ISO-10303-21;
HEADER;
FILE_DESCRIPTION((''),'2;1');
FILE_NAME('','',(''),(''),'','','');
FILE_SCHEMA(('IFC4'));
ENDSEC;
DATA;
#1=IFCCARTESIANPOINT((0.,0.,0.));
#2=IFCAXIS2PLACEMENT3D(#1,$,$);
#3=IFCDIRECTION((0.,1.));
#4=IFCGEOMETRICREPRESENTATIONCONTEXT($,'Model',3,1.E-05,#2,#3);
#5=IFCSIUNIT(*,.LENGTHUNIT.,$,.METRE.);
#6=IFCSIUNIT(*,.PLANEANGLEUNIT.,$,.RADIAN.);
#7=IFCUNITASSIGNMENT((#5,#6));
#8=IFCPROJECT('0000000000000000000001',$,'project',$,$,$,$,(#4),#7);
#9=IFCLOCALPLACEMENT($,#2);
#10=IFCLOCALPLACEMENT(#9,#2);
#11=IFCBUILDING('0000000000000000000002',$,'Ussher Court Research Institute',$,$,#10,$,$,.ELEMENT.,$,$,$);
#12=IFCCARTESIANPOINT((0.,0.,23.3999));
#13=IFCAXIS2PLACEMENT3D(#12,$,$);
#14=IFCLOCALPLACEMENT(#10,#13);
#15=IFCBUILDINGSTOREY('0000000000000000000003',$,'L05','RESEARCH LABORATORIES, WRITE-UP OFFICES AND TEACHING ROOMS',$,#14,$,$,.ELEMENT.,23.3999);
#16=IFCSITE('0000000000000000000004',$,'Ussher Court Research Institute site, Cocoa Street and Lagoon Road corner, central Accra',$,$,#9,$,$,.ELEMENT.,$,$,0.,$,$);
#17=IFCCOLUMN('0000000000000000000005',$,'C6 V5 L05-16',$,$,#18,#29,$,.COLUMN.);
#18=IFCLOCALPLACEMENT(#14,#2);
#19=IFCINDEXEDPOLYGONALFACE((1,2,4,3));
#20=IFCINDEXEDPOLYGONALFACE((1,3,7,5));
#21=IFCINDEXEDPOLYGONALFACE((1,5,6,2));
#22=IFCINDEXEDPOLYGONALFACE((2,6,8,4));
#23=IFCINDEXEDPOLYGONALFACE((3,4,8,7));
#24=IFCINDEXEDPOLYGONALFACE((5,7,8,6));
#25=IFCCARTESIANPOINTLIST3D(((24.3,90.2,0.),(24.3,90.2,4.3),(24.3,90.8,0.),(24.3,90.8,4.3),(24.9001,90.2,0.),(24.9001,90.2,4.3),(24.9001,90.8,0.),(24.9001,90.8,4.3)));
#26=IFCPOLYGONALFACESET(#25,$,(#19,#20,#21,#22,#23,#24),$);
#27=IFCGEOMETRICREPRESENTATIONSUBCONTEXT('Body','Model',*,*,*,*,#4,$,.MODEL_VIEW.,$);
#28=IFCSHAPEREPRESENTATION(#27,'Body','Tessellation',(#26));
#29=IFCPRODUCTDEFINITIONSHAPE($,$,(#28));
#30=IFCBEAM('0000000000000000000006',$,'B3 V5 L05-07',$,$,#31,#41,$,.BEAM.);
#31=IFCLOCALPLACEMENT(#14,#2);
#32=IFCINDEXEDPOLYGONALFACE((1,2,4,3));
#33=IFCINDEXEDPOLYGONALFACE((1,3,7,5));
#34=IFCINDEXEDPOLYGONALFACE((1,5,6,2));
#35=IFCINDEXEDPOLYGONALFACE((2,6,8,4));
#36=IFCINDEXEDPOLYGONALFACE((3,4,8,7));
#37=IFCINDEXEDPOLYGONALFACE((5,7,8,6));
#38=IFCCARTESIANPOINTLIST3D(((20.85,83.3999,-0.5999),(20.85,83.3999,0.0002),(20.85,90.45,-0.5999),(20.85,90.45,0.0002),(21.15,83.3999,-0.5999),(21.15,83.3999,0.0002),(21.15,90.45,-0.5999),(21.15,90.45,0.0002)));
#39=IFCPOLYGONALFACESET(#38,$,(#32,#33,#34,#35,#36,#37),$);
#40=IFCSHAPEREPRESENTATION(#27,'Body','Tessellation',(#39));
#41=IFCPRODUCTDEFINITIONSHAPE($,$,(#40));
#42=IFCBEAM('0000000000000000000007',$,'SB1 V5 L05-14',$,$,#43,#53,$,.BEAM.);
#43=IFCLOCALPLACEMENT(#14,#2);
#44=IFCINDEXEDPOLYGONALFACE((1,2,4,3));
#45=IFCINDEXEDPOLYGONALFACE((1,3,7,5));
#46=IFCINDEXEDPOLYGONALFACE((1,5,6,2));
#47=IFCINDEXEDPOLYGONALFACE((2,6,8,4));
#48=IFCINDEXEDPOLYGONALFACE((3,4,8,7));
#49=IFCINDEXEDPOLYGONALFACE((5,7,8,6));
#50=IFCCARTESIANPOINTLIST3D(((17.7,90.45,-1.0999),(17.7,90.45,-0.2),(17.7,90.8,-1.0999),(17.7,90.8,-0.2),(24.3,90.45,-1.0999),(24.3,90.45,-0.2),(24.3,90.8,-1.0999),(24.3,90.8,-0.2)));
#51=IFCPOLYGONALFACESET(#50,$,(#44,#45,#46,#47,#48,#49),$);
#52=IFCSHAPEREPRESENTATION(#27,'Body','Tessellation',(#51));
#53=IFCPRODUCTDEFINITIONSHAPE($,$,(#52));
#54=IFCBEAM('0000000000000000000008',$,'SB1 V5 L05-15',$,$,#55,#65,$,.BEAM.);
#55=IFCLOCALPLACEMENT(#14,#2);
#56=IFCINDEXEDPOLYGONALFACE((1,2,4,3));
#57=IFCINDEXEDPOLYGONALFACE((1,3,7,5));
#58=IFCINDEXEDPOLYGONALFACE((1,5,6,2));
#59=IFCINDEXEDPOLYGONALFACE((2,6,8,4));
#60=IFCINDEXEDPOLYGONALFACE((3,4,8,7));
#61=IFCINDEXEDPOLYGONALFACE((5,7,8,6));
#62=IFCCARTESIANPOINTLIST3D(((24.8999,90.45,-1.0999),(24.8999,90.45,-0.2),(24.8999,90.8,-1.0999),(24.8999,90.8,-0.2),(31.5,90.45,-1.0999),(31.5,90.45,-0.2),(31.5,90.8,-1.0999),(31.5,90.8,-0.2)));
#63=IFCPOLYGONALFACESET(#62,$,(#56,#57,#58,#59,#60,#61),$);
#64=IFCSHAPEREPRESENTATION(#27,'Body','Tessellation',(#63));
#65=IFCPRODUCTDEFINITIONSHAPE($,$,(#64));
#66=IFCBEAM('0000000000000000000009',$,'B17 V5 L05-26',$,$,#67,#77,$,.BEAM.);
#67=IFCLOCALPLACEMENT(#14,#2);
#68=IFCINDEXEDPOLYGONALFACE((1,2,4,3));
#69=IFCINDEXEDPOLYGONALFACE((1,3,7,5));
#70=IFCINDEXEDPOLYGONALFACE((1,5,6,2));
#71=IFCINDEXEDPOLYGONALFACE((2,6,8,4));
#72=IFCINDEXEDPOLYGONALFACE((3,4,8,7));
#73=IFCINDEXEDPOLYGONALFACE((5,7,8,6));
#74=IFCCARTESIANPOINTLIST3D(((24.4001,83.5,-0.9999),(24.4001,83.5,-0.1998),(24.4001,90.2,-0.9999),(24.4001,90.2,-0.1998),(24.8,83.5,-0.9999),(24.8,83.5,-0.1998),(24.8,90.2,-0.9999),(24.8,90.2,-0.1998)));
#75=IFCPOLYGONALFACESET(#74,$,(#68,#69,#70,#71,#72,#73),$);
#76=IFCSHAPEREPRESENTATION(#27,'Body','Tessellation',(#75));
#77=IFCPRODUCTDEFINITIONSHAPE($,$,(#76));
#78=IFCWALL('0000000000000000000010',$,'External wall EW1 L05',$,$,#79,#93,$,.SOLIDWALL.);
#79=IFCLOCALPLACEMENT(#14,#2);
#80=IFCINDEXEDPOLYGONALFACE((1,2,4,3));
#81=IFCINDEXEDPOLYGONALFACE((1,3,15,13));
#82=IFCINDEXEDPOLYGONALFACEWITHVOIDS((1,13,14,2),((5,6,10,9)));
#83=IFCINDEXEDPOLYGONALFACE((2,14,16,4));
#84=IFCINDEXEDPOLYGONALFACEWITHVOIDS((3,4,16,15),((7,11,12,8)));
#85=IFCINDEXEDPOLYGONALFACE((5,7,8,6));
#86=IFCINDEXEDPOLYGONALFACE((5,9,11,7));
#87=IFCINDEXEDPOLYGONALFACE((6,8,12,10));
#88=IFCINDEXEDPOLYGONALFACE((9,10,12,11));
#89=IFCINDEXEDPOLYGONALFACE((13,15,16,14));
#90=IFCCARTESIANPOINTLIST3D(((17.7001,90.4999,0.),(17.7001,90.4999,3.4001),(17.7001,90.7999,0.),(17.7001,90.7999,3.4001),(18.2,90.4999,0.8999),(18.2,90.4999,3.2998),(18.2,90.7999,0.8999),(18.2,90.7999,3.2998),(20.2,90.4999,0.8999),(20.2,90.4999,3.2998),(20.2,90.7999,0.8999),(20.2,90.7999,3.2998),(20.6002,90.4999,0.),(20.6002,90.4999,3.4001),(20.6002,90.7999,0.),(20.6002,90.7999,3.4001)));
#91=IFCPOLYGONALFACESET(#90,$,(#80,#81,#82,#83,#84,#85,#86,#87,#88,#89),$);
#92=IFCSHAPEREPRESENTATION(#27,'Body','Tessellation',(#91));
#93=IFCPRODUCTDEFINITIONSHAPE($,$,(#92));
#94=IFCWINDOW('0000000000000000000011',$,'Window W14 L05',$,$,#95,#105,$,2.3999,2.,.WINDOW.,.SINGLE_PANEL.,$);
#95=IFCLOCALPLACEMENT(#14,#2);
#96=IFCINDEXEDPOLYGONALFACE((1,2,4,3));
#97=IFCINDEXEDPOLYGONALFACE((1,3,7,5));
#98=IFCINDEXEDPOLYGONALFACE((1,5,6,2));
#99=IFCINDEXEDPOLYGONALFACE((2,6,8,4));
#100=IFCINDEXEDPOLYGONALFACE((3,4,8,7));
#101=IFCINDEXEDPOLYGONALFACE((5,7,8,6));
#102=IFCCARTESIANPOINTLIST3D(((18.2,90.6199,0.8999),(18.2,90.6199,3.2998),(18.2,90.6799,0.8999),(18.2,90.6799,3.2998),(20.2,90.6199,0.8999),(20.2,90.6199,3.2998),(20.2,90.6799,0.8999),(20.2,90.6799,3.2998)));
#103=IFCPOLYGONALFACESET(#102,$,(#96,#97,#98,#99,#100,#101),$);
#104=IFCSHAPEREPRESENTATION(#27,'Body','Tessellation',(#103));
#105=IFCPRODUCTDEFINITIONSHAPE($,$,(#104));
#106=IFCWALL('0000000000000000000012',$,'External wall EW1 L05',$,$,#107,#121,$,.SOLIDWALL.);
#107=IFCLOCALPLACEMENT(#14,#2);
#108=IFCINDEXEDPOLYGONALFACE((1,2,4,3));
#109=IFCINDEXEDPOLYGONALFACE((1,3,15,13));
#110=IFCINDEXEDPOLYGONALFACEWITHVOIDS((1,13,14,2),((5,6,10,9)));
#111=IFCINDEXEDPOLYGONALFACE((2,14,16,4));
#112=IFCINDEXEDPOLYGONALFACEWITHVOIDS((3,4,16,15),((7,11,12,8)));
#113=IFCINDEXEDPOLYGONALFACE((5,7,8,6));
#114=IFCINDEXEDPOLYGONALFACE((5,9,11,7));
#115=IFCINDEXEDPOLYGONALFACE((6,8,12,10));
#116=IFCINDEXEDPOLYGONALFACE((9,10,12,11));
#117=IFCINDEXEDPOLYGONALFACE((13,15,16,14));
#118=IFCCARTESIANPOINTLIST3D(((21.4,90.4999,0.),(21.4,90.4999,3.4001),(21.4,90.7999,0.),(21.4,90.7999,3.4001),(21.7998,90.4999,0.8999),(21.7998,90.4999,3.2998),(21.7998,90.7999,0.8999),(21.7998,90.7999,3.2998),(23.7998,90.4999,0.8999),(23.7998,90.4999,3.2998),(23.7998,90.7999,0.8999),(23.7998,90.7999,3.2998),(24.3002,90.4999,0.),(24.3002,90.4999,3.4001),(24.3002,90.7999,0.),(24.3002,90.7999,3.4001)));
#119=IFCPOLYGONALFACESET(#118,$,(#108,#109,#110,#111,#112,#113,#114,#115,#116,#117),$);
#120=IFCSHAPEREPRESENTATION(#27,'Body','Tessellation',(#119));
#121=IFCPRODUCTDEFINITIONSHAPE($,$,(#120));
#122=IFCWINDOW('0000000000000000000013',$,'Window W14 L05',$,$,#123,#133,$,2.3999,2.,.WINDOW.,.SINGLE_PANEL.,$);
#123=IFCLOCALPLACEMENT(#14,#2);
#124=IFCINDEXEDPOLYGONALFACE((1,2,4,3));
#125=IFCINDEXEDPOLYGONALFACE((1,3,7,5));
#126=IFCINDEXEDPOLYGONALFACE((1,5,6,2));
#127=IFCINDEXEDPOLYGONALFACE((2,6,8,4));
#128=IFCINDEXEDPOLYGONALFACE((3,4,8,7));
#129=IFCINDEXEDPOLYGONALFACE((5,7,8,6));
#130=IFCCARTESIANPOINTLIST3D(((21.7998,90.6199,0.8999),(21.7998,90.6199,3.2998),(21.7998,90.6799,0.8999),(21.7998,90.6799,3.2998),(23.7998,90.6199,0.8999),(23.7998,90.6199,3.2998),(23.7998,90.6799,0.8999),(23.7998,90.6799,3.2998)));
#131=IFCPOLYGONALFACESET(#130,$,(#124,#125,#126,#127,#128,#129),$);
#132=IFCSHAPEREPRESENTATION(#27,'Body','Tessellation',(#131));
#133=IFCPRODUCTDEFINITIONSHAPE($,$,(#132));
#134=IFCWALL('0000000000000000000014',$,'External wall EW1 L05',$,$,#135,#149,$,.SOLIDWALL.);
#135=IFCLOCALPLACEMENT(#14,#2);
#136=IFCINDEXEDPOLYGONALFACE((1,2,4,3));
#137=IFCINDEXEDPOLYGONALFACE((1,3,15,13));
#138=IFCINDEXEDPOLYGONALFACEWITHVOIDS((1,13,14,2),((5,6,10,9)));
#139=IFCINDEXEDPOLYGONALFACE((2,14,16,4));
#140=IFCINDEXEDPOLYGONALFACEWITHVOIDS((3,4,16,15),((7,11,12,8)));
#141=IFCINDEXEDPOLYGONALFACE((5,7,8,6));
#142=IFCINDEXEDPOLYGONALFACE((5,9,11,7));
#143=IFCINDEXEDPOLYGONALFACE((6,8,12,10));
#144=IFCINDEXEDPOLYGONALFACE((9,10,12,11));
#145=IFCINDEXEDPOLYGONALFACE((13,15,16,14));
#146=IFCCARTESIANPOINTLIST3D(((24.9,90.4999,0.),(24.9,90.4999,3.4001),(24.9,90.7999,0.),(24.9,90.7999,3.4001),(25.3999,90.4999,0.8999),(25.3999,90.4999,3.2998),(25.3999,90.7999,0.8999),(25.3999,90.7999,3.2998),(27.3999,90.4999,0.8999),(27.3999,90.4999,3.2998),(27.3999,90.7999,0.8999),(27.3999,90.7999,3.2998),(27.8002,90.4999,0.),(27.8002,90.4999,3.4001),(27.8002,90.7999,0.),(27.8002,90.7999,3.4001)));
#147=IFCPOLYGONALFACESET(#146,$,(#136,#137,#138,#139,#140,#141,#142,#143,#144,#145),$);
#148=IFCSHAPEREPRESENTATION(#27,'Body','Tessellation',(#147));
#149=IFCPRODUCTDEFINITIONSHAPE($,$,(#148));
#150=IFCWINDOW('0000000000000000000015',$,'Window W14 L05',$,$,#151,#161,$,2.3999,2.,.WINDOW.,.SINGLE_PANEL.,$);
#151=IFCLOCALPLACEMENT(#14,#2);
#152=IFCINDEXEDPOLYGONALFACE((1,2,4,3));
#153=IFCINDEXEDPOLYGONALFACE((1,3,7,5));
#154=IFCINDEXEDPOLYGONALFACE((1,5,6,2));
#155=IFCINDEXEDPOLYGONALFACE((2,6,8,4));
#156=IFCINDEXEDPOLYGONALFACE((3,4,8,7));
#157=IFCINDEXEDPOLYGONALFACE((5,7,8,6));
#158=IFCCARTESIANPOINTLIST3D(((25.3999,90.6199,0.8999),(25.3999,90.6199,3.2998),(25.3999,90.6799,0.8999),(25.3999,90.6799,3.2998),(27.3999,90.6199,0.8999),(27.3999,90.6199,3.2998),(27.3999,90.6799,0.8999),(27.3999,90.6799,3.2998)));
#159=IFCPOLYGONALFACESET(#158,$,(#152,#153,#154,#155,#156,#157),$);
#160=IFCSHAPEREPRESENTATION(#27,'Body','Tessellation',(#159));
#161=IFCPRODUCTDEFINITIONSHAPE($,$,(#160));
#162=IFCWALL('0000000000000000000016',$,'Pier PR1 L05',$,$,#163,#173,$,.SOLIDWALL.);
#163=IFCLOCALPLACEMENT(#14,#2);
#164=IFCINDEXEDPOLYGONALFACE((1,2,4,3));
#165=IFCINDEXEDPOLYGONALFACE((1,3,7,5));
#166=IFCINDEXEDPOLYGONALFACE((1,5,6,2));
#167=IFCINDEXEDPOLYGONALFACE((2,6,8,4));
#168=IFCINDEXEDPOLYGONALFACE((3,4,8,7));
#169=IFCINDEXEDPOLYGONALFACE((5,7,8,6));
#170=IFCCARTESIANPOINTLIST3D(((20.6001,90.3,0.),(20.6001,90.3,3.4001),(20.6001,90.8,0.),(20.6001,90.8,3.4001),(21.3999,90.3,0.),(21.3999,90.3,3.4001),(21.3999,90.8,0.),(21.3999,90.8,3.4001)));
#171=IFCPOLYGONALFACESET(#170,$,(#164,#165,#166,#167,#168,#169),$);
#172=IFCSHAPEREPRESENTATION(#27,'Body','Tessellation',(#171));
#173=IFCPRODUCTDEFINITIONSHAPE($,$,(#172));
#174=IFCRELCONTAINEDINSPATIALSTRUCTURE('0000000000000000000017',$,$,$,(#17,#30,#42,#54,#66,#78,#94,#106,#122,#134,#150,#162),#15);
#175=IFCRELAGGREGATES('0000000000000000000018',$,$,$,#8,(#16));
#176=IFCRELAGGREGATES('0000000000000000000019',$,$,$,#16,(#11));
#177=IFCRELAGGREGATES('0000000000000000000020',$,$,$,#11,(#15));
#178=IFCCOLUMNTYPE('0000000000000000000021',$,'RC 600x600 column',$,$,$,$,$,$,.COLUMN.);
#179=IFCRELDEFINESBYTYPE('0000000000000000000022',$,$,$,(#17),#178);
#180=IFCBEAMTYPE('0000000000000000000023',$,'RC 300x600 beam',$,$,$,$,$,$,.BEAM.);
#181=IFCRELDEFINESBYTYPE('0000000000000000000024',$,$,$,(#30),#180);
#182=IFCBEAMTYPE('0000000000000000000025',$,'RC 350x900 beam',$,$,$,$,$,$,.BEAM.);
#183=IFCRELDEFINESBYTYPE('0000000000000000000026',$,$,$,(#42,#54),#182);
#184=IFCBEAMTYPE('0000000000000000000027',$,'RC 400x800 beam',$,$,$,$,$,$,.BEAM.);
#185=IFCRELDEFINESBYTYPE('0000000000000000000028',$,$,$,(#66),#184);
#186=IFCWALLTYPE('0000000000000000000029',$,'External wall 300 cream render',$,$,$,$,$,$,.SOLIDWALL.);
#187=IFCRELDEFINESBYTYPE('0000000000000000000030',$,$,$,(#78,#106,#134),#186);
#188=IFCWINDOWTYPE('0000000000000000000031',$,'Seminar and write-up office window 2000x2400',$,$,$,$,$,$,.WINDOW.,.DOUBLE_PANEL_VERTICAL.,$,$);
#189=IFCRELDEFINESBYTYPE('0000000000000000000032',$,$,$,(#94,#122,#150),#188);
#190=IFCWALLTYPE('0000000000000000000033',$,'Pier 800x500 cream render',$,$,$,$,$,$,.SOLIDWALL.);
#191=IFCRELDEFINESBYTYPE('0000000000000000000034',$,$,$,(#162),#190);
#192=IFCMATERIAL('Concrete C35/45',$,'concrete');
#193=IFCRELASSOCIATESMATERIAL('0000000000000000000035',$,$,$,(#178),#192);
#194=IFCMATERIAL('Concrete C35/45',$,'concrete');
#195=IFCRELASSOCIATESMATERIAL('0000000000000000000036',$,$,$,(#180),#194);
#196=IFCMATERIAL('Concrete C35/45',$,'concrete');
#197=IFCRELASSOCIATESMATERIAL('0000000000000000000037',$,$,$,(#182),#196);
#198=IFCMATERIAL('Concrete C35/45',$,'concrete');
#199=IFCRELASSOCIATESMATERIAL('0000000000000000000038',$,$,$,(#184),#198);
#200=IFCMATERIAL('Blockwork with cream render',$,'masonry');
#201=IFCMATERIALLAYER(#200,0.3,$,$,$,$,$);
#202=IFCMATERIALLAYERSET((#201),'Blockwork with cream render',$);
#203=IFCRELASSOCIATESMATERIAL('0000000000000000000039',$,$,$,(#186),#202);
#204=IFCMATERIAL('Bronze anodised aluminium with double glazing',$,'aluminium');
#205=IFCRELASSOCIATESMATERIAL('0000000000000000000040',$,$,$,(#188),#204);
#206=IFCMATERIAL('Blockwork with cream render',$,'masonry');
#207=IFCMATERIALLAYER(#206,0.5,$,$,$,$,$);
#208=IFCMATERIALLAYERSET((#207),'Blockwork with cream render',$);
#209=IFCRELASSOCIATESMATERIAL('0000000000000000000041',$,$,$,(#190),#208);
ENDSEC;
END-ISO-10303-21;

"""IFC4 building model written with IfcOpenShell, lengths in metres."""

from ifc_helpers import new_model, si_unit, direction, frame, frame_2d, origin, origin_2d, place, context, subcontext, project, spatial, rectangle, extrude, material, layer, layer_set, material_profile, profile_set, type_object, element, fill, save


model = new_model("IFC4")

# Units and contexts
model_context = context("Model", 3, precision=1e-05, world=origin(), true_north=direction((0.0, 1.0)))
body_context = subcontext(model_context, "Body", "Model", "MODEL_VIEW")
ifc_project = project(units=[si_unit("LENGTHUNIT", "METRE"), si_unit("PLANEANGLEUNIT", "RADIAN")], contexts=[model_context])

# Site, building, storey
site_placement = place(None, origin())
site = spatial("IfcSite", under=ifc_project, at=site_placement, Name="Ussher Court Research Institute site, Cocoa Street and Lagoon Road corner, central Accra", CompositionType="ELEMENT", RefElevation=0.0)
building_placement = place(site_placement, origin())
building = spatial("IfcBuilding", under=site, at=building_placement, Name="Ussher Court Research Institute", CompositionType="ELEMENT")
storey_placement = place(building_placement, frame((0.0, 0.0, 23.3999)))
storey = spatial("IfcBuildingStorey", under=building, at=storey_placement, Name="L05", Description="RESEARCH LABORATORIES, WRITE-UP OFFICES AND TEACHING ROOMS", CompositionType="ELEMENT", Elevation=23.3999)

# Column
ifc_material_1 = material(Name="Concrete C35/45", Category="concrete")
ifc_material_profile_1 = material_profile(ifc_material_1, rectangle(XDim=0.6001, YDim=0.6001, at=origin_2d()), Name="RC 600x600")
ifc_profile_set_1 = profile_set([ifc_material_profile_1], Name="Concrete C35/45")
column_type = type_object("IfcColumnType", Name="RC 600x600 column", PredefinedType="COLUMN", material=ifc_profile_set_1)
column_placement = place(storey_placement, frame((24.6001, 90.5, 0.0), z_axis=(0.0, 0.0, 1.0), x_axis=(1.0, 0.0, 0.0)))
element("IfcColumn", 1, at=column_placement, inside=storey, type_object=column_type, Name="C6 V5 L05-16", PredefinedType="COLUMN", context=body_context, shape_type="SweptSolid", body=[
    extrude(rectangle(XDim=0.6001, YDim=0.6001, at=origin_2d()), origin(), (0.0, 0.0, 1.0), 4.3),
])

# Beams
ifc_material_2 = material(Name="Concrete C35/45", Category="concrete")
ifc_material_profile_2 = material_profile(ifc_material_2, rectangle(XDim=0.3, YDim=0.6001, at=origin_2d()), Name="RC 300x600")
ifc_profile_set_2 = profile_set([ifc_material_profile_2], Name="Concrete C35/45")
beam_type_1 = type_object("IfcBeamType", Name="RC 300x600 beam", PredefinedType="BEAM", material=ifc_profile_set_2)
beam_1_placement = place(storey_placement, frame((21.0, 83.3999, -0.2998), z_axis=(0.0, 1.0, 0.0), x_axis=(-1.0, 0.0, 0.0)))
element("IfcBeam", 2, at=beam_1_placement, inside=storey, type_object=beam_type_1, Name="B3 V5 L05-07", PredefinedType="BEAM", context=body_context, shape_type="SweptSolid", body=[
    extrude(rectangle(XDim=0.3, YDim=0.6001, at=origin_2d()), origin(), (0.0, 0.0, 1.0), 7.05),
])
ifc_material_3 = material(Name="Concrete C35/45", Category="concrete")
ifc_material_profile_3 = material_profile(ifc_material_3, rectangle(XDim=0.3501, YDim=0.8999, at=origin_2d()), Name="RC 350x900")
ifc_profile_set_3 = profile_set([ifc_material_profile_3], Name="Concrete C35/45")
beam_type_2 = type_object("IfcBeamType", Name="RC 350x900 beam", PredefinedType="BEAM", material=ifc_profile_set_3)
for number, where, z_axis, x_axis, name in (
    (3, (17.7, 90.625, -0.6499), (1.0, 0.0, 0.0), (0.0, 1.0, 0.0), "SB1 V5 L05-14"),
    (4, (24.8999, 90.625, -0.6499), (1.0, 0.0, 0.0), (0.0, 1.0, 0.0), "SB1 V5 L05-15"),
):
    element("IfcBeam", number, at=place(storey_placement, frame(where, z_axis=z_axis, x_axis=x_axis)), inside=storey, type_object=beam_type_2, Name=name, PredefinedType="BEAM", context=body_context, shape_type="SweptSolid", body=[
        extrude(rectangle(XDim=0.3501, YDim=0.8999, at=origin_2d()), origin(), (0.0, 0.0, 1.0), 6.6001),
    ])
ifc_material_4 = material(Name="Concrete C35/45", Category="concrete")
ifc_material_profile_4 = material_profile(ifc_material_4, rectangle(XDim=0.3999, YDim=0.8, at=origin_2d()), Name="RC 400x800")
ifc_profile_set_4 = profile_set([ifc_material_profile_4], Name="Concrete C35/45")
beam_type_3 = type_object("IfcBeamType", Name="RC 400x800 beam", PredefinedType="BEAM", material=ifc_profile_set_4)
beam_2_placement = place(storey_placement, frame((24.6001, 83.5, -0.5999), z_axis=(0.0, 1.0, 0.0), x_axis=(-1.0, 0.0, 0.0)))
element("IfcBeam", 5, at=beam_2_placement, inside=storey, type_object=beam_type_3, Name="B17 V5 L05-26", PredefinedType="BEAM", context=body_context, shape_type="SweptSolid", body=[
    extrude(rectangle(XDim=0.3999, YDim=0.8, at=origin_2d()), origin(), (0.0, 0.0, 1.0), 6.7),
])

# Walls, openings, windows
ifc_material_5 = material(Name="Blockwork with cream render", Category="masonry")
ifc_layer_1 = layer(ifc_material_5, 0.3)
ifc_layer_set_1 = layer_set([ifc_layer_1], Name="Blockwork with cream render")
wall_type_1 = type_object("IfcWallType", Name="External wall 300 cream render", PredefinedType="SOLIDWALL", material=ifc_layer_set_1)
wall_1_placement = place(storey_placement, frame((17.7, 90.6499, 0.0), z_axis=(0.0, 0.0, 1.0), x_axis=(1.0, 0.0, 0.0)))
wall_1 = element("IfcWall", 6, at=wall_1_placement, inside=storey, type_object=wall_type_1, Name="External wall EW1 L05", PredefinedType="SOLIDWALL", context=body_context, shape_type="SweptSolid", body=[
    extrude(rectangle(XDim=2.9001, YDim=0.3, at=frame_2d((1.4502, 0.0))), origin(), (0.0, 0.0, 1.0), 3.4001),
])
opening_1_placement = place(wall_1_placement, frame((0.5, 0.0, 0.8999)))
opening_1 = element("IfcOpeningElement", 7, at=opening_1_placement, cuts=wall_1, PredefinedType="OPENING", context=body_context, shape_type="SweptSolid", body=[
    extrude(rectangle(XDim=2.0, YDim=2.3999, at=frame_2d((1.0, 1.2))), frame((0.0, 0.1602, 0.0), z_axis=(0.0, -1.0, 0.0), x_axis=(1.0, 0.0, 0.0)), (0.0, 0.0, 1.0), 0.3201),
])
ifc_material_6 = material(Name="Bronze anodised aluminium with double glazing", Category="aluminium")
window_type = type_object("IfcWindowType", Name="Seminar and write-up office window 2000x2400", PartitioningType="DOUBLE_PANEL_VERTICAL", PredefinedType="WINDOW", material=ifc_material_6)
window_1_placement = place(opening_1_placement, origin())
window_1 = element("IfcWindow", 8, at=window_1_placement, inside=storey, type_object=window_type, Name="Window W14 L05", OverallHeight=2.3999, OverallWidth=2.0, PartitioningType="SINGLE_PANEL", PredefinedType="WINDOW", context=body_context, shape_type="SweptSolid", body=[
    extrude(rectangle(XDim=2.0, YDim=2.3999, at=frame_2d((1.0, 1.2))), frame((0.0, 0.03, 0.0), z_axis=(0.0, -1.0, 0.0), x_axis=(1.0, 0.0, 0.0)), (0.0, 0.0, 1.0), 0.0601),
])
fill(opening_1, window_1)
wall_2_placement = place(storey_placement, frame((21.3999, 90.6499, 0.0), z_axis=(0.0, 0.0, 1.0), x_axis=(1.0, 0.0, 0.0)))
wall_2 = element("IfcWall", 9, at=wall_2_placement, inside=storey, type_object=wall_type_1, Name="External wall EW1 L05", PredefinedType="SOLIDWALL", context=body_context, shape_type="SweptSolid", body=[
    extrude(rectangle(XDim=2.9001, YDim=0.3, at=frame_2d((1.4502, 0.0))), origin(), (0.0, 0.0, 1.0), 3.4001),
])
opening_2_placement = place(wall_2_placement, frame((0.3999, 0.0, 0.8999)))
opening_2 = element("IfcOpeningElement", 10, at=opening_2_placement, cuts=wall_2, PredefinedType="OPENING", context=body_context, shape_type="SweptSolid", body=[
    extrude(rectangle(XDim=2.0, YDim=2.3999, at=frame_2d((1.0, 1.2))), frame((0.0, 0.1602, 0.0), z_axis=(0.0, -1.0, 0.0), x_axis=(1.0, 0.0, 0.0)), (0.0, 0.0, 1.0), 0.3201),
])
window_2_placement = place(opening_2_placement, origin())
window_2 = element("IfcWindow", 11, at=window_2_placement, inside=storey, type_object=window_type, Name="Window W14 L05", OverallHeight=2.3999, OverallWidth=2.0, PartitioningType="SINGLE_PANEL", PredefinedType="WINDOW", context=body_context, shape_type="SweptSolid", body=[
    extrude(rectangle(XDim=2.0, YDim=2.3999, at=frame_2d((1.0, 1.2))), frame((0.0, 0.03, 0.0), z_axis=(0.0, -1.0, 0.0), x_axis=(1.0, 0.0, 0.0)), (0.0, 0.0, 1.0), 0.0601),
])
fill(opening_2, window_2)
wall_3_placement = place(storey_placement, frame((24.8999, 90.6499, 0.0), z_axis=(0.0, 0.0, 1.0), x_axis=(1.0, 0.0, 0.0)))
wall_3 = element("IfcWall", 12, at=wall_3_placement, inside=storey, type_object=wall_type_1, Name="External wall EW1 L05", PredefinedType="SOLIDWALL", context=body_context, shape_type="SweptSolid", body=[
    extrude(rectangle(XDim=2.9001, YDim=0.3, at=frame_2d((1.4502, 0.0))), origin(), (0.0, 0.0, 1.0), 3.4001),
])
opening_3_placement = place(wall_3_placement, frame((0.5, 0.0, 0.8999)))
opening_3 = element("IfcOpeningElement", 13, at=opening_3_placement, cuts=wall_3, PredefinedType="OPENING", context=body_context, shape_type="SweptSolid", body=[
    extrude(rectangle(XDim=2.0, YDim=2.3999, at=frame_2d((1.0, 1.2))), frame((0.0, 0.1602, 0.0), z_axis=(0.0, -1.0, 0.0), x_axis=(1.0, 0.0, 0.0)), (0.0, 0.0, 1.0), 0.3201),
])
window_3_placement = place(opening_3_placement, origin())
window_3 = element("IfcWindow", 14, at=window_3_placement, inside=storey, type_object=window_type, Name="Window W14 L05", OverallHeight=2.3999, OverallWidth=2.0, PartitioningType="SINGLE_PANEL", PredefinedType="WINDOW", context=body_context, shape_type="SweptSolid", body=[
    extrude(rectangle(XDim=2.0, YDim=2.3999, at=frame_2d((1.0, 1.2))), frame((0.0, 0.03, 0.0), z_axis=(0.0, -1.0, 0.0), x_axis=(1.0, 0.0, 0.0)), (0.0, 0.0, 1.0), 0.0601),
])
fill(opening_3, window_3)

# Wall
ifc_material_7 = material(Name="Blockwork with cream render", Category="masonry")
ifc_layer_2 = layer(ifc_material_7, 0.5)
ifc_layer_set_2 = layer_set([ifc_layer_2], Name="Blockwork with cream render")
wall_type_2 = type_object("IfcWallType", Name="Pier 800x500 cream render", PredefinedType="SOLIDWALL", material=ifc_layer_set_2)
wall_4_placement = place(storey_placement, frame((20.6001, 90.55, 0.0), z_axis=(0.0, 0.0, 1.0), x_axis=(1.0, 0.0, 0.0)))
element("IfcWall", 15, at=wall_4_placement, inside=storey, type_object=wall_type_2, Name="Pier PR1 L05", PredefinedType="SOLIDWALL", context=body_context, shape_type="SweptSolid", body=[
    extrude(rectangle(XDim=0.7998, YDim=0.5, at=frame_2d((0.3999, 0.0))), origin(), (0.0, 0.0, 1.0), 3.4001),
])

save(model, "model.ifc")
